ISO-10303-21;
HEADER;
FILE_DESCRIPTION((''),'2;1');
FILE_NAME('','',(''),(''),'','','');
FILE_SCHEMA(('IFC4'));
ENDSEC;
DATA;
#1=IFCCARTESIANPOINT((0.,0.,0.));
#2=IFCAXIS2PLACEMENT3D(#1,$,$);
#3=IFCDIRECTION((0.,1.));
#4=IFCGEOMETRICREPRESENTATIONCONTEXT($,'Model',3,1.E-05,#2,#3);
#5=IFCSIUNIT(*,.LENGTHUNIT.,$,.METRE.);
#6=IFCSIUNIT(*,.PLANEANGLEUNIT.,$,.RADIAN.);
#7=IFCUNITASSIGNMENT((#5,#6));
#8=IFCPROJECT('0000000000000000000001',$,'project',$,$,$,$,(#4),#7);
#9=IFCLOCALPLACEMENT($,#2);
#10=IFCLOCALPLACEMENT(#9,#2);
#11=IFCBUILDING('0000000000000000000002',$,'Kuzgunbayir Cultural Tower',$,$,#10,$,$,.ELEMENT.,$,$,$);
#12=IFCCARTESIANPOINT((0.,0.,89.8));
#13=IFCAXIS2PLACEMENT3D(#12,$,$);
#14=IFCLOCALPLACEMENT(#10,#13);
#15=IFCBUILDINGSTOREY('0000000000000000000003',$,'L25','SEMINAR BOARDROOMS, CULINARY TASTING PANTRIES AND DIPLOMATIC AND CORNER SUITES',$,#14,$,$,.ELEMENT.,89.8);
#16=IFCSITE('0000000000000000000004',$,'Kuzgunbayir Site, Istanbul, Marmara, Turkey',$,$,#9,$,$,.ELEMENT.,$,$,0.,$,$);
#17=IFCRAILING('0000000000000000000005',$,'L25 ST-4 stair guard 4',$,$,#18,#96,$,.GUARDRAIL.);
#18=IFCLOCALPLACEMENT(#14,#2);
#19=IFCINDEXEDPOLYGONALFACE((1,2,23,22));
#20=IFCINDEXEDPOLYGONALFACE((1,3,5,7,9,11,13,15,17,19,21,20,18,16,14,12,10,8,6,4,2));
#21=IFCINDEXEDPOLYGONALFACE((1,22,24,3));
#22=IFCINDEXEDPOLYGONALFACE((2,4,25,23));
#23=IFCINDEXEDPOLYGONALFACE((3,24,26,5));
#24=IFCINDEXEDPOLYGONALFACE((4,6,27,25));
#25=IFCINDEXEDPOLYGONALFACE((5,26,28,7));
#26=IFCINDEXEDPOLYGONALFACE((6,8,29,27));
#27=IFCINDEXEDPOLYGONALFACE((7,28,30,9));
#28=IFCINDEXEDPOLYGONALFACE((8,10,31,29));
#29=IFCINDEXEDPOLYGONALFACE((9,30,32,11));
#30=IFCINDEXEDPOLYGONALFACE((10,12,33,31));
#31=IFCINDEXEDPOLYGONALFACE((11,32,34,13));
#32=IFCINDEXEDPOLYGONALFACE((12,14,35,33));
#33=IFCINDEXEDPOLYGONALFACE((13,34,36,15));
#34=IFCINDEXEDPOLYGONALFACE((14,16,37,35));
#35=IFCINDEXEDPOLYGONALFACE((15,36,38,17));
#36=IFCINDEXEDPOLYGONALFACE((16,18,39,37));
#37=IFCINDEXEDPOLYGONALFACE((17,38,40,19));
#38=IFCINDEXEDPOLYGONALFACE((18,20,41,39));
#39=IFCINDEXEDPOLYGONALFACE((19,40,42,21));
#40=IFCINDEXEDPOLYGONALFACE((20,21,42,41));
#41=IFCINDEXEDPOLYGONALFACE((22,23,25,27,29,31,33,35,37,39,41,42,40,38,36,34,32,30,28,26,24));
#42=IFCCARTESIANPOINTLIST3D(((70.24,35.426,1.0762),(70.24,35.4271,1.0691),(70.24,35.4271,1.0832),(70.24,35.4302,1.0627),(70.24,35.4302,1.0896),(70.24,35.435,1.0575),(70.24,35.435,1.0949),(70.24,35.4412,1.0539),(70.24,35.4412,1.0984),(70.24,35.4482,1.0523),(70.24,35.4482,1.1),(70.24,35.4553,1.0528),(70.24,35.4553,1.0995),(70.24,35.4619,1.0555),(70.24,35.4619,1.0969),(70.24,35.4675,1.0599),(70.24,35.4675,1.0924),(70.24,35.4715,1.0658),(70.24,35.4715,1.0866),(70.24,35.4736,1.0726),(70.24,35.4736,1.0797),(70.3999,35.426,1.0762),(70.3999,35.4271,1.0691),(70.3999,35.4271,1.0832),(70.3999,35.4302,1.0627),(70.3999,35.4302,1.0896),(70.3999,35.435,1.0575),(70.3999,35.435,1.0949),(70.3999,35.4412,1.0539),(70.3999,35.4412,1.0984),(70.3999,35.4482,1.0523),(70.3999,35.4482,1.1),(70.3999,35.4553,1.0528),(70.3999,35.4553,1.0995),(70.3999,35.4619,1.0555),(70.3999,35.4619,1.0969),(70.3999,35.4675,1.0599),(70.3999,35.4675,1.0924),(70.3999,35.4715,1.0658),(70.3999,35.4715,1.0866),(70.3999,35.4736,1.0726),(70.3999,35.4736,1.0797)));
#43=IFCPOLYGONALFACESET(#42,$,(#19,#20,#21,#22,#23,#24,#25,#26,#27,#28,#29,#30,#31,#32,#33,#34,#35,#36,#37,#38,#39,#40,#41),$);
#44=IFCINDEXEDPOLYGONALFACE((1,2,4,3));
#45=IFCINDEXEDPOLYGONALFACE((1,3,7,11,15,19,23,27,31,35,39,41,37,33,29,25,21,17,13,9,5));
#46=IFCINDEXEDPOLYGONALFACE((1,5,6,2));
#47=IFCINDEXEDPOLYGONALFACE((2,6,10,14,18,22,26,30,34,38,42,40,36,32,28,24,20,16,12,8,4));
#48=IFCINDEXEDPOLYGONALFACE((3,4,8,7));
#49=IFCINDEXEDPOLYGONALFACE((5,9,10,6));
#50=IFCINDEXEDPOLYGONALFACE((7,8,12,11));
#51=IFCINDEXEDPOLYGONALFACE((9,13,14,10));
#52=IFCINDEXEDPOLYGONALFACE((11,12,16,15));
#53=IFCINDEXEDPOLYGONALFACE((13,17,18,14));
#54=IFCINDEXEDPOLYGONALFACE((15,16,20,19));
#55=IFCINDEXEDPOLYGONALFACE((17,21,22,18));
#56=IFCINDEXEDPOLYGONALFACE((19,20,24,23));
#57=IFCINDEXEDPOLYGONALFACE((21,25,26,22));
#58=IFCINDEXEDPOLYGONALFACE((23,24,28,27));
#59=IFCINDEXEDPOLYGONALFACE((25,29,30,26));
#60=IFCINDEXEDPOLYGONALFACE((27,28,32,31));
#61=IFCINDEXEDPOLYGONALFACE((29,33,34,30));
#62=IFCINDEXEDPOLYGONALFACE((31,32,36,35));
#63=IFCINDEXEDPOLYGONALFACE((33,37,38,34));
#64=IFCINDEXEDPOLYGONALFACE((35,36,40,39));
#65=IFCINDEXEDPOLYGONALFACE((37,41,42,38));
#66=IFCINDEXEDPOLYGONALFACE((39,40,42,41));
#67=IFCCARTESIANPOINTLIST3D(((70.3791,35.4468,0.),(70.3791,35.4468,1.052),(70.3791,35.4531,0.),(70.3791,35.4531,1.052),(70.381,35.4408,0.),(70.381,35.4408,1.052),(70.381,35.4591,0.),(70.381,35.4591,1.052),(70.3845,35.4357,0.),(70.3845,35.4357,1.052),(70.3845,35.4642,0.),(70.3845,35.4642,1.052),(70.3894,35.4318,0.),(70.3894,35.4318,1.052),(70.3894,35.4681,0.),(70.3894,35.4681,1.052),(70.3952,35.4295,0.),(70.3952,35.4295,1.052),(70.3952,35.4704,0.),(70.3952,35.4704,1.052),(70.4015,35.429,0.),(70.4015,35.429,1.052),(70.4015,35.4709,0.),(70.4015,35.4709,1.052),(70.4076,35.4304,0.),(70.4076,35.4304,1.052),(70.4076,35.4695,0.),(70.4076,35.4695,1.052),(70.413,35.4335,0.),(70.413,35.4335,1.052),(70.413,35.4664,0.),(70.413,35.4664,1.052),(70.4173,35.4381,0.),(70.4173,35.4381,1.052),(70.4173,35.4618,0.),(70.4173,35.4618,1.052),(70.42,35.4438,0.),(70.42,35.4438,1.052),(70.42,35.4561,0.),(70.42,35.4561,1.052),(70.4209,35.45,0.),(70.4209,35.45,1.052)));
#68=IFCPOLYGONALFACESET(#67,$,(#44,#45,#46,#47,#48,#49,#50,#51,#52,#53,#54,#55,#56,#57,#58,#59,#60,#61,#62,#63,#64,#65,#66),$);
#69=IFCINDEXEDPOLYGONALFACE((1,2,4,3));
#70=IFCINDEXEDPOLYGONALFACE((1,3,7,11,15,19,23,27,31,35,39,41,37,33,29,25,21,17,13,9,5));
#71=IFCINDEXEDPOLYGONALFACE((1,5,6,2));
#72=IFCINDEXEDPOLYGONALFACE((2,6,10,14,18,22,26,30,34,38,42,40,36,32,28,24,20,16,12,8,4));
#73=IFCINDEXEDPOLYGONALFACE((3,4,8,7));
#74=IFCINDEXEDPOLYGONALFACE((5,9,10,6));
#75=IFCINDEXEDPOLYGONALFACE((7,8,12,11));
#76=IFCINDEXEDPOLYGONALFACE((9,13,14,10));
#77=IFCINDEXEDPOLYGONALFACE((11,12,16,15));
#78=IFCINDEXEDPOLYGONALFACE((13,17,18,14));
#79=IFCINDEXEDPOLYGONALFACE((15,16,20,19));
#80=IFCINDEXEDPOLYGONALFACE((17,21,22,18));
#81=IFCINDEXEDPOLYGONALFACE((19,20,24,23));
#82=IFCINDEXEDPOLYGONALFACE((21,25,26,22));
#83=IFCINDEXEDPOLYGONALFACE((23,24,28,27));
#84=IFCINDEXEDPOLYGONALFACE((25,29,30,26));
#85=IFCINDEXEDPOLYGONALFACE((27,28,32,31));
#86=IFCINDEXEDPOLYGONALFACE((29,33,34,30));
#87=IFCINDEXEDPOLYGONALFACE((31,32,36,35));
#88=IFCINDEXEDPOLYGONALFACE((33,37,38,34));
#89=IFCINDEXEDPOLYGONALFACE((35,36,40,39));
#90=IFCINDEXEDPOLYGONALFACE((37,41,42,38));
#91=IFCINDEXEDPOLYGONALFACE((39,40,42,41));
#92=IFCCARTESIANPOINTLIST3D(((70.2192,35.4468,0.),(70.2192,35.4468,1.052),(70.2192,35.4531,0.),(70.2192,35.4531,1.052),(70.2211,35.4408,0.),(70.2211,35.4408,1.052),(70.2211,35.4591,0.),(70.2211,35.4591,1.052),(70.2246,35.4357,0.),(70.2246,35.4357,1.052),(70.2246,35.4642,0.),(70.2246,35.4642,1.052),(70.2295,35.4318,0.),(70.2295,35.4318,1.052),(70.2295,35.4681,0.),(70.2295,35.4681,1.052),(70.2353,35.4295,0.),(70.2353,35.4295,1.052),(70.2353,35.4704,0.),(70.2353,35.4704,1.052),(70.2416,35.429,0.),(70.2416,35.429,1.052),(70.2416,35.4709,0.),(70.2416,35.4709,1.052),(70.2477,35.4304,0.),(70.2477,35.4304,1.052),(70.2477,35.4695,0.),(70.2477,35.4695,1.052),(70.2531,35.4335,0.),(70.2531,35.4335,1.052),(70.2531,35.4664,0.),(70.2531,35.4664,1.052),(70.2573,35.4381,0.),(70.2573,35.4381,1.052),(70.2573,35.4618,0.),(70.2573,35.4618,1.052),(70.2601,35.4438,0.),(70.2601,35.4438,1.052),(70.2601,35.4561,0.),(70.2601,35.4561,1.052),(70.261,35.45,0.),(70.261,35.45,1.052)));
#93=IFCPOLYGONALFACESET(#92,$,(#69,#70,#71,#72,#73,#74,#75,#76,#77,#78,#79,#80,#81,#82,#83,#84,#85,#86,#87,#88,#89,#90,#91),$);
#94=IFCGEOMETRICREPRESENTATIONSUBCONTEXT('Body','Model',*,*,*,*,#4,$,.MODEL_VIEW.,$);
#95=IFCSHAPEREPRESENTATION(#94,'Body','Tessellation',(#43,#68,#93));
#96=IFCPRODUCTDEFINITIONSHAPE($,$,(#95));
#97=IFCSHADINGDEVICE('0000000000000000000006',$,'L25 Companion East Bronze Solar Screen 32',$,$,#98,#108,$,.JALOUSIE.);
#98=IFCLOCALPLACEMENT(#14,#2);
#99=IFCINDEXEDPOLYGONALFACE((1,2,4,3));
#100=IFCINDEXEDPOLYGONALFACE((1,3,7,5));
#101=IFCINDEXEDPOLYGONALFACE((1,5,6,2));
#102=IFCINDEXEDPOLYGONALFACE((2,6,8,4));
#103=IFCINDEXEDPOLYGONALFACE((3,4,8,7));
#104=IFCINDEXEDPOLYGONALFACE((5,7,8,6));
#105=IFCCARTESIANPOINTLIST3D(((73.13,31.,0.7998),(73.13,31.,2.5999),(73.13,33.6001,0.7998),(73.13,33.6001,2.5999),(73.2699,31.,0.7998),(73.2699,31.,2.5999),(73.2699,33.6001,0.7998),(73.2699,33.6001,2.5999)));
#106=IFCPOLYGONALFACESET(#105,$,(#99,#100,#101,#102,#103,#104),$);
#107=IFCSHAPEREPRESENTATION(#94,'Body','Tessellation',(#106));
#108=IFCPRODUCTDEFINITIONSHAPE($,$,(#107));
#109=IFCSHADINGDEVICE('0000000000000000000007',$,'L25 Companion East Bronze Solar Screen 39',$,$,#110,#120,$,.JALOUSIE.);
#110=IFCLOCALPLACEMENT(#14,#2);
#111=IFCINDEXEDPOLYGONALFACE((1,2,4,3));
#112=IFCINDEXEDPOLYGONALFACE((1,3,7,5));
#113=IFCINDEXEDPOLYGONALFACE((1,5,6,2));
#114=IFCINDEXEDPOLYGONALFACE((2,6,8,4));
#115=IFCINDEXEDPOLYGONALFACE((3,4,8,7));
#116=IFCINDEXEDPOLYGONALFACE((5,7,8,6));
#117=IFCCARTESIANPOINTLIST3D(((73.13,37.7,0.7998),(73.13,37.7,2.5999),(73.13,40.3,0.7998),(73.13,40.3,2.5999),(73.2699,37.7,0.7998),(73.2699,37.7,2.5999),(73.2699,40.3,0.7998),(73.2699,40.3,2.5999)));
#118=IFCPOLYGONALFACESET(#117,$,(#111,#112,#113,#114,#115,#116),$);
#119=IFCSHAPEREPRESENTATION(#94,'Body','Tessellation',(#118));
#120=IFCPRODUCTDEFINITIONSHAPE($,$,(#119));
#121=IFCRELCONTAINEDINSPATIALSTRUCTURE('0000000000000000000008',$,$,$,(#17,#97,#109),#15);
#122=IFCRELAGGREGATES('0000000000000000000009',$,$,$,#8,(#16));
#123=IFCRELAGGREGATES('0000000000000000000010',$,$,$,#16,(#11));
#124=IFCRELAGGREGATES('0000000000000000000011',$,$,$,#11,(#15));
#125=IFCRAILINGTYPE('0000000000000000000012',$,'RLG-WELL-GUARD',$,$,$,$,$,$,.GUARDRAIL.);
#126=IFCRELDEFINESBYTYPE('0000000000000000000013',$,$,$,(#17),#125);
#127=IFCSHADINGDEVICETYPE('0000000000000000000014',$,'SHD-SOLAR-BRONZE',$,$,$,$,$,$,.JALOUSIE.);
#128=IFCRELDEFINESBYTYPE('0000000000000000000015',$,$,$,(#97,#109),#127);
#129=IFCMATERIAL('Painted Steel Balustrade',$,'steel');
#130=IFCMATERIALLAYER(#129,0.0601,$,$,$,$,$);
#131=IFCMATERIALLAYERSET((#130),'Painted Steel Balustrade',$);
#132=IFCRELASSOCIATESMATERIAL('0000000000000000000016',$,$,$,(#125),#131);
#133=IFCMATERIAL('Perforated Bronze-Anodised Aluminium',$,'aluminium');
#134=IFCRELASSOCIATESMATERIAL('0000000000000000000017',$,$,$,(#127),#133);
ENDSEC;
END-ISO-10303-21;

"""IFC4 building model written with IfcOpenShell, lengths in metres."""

from ifc_helpers import new_model, si_unit, direction, frame, origin, origin_2d, place, context, subcontext, project, spatial, rectangle, circle, extrude, material, layer, layer_set, type_object, element, save


model = new_model("IFC4")

# Units and contexts
model_context = context("Model", 3, precision=1e-05, world=origin(), true_north=direction((0.0, 1.0)))
body_context = subcontext(model_context, "Body", "Model", "MODEL_VIEW")
ifc_project = project(units=[si_unit("LENGTHUNIT", "METRE"), si_unit("PLANEANGLEUNIT", "RADIAN")], contexts=[model_context])

# Site, building, storey
site_placement = place(None, origin())
site = spatial("IfcSite", under=ifc_project, at=site_placement, Name="Kuzgunbayir Site, Istanbul, Marmara, Turkey", CompositionType="ELEMENT", RefElevation=0.0)
building_placement = place(site_placement, origin())
building = spatial("IfcBuilding", under=site, at=building_placement, Name="Kuzgunbayir Cultural Tower", CompositionType="ELEMENT")
storey_placement = place(building_placement, frame((0.0, 0.0, 89.8)))
storey = spatial("IfcBuildingStorey", under=building, at=storey_placement, Name="L25", Description="SEMINAR BOARDROOMS, CULINARY TASTING PANTRIES AND DIPLOMATIC AND CORNER SUITES", CompositionType="ELEMENT", Elevation=89.8)

# Railing
ifc_material_1 = material(Name="Painted Steel Balustrade", Category="steel")
ifc_layer_1 = layer(ifc_material_1, 0.0601)
ifc_layer_set_1 = layer_set([ifc_layer_1], Name="Painted Steel Balustrade")
railing_type_1 = type_object("IfcRailingType", Name="RLG-WELL-GUARD", PredefinedType="GUARDRAIL", material=ifc_layer_set_1)
railing_1_placement = place(storey_placement, frame((70.3999, 35.45, 0.0)))
element("IfcRailing", 1, at=railing_1_placement, inside=storey, type_object=railing_type_1, Name="L25 ST-4 stair guard 4", PredefinedType="GUARDRAIL", context=body_context, shape_type="SweptSolid", body=[
    extrude(circle(Radius=0.0239, at=origin_2d()), frame((0.0, 0.0, 1.0762), z_axis=(-1.0, 0.0, 0.0), x_axis=(0.0, -1.0, 0.0)), (0.0, 0.0, 1.0), 0.1599),
    extrude(circle(Radius=0.021, at=origin_2d()), origin(), (0.0, 0.0, 1.0), 1.052),
    extrude(circle(Radius=0.021, at=origin_2d()), frame((-0.1599, 0.0, 0.0)), (0.0, 0.0, 1.0), 1.052),
])

# Shading devices
ifc_material_2 = material(Name="Perforated Bronze-Anodised Aluminium", Category="aluminium")
shading_device_type = type_object("IfcShadingDeviceType", Name="SHD-SOLAR-BRONZE", PredefinedType="JALOUSIE", material=ifc_material_2)
for number, where, z_axis, x_axis, name in (
    (2, (73.2, 32.3, 0.7998), (0.0, 0.0, 1.0), (1.0, 0.0, 0.0), "L25 Companion East Bronze Solar Screen 32"),
    (3, (73.2, 39.0, 0.7998), (0.0, 0.0, 1.0), (1.0, 0.0, 0.0), "L25 Companion East Bronze Solar Screen 39"),
):
    element("IfcShadingDevice", number, at=place(storey_placement, frame(where, z_axis=z_axis, x_axis=x_axis)), inside=storey, type_object=shading_device_type, Name=name, PredefinedType="JALOUSIE", context=body_context, shape_type="SweptSolid", body=[
        extrude(rectangle(XDim=0.1399, YDim=2.6001, at=origin_2d()), origin(), (0.0, 0.0, 1.0), 1.8),
    ])

save(model, "model.ifc")
